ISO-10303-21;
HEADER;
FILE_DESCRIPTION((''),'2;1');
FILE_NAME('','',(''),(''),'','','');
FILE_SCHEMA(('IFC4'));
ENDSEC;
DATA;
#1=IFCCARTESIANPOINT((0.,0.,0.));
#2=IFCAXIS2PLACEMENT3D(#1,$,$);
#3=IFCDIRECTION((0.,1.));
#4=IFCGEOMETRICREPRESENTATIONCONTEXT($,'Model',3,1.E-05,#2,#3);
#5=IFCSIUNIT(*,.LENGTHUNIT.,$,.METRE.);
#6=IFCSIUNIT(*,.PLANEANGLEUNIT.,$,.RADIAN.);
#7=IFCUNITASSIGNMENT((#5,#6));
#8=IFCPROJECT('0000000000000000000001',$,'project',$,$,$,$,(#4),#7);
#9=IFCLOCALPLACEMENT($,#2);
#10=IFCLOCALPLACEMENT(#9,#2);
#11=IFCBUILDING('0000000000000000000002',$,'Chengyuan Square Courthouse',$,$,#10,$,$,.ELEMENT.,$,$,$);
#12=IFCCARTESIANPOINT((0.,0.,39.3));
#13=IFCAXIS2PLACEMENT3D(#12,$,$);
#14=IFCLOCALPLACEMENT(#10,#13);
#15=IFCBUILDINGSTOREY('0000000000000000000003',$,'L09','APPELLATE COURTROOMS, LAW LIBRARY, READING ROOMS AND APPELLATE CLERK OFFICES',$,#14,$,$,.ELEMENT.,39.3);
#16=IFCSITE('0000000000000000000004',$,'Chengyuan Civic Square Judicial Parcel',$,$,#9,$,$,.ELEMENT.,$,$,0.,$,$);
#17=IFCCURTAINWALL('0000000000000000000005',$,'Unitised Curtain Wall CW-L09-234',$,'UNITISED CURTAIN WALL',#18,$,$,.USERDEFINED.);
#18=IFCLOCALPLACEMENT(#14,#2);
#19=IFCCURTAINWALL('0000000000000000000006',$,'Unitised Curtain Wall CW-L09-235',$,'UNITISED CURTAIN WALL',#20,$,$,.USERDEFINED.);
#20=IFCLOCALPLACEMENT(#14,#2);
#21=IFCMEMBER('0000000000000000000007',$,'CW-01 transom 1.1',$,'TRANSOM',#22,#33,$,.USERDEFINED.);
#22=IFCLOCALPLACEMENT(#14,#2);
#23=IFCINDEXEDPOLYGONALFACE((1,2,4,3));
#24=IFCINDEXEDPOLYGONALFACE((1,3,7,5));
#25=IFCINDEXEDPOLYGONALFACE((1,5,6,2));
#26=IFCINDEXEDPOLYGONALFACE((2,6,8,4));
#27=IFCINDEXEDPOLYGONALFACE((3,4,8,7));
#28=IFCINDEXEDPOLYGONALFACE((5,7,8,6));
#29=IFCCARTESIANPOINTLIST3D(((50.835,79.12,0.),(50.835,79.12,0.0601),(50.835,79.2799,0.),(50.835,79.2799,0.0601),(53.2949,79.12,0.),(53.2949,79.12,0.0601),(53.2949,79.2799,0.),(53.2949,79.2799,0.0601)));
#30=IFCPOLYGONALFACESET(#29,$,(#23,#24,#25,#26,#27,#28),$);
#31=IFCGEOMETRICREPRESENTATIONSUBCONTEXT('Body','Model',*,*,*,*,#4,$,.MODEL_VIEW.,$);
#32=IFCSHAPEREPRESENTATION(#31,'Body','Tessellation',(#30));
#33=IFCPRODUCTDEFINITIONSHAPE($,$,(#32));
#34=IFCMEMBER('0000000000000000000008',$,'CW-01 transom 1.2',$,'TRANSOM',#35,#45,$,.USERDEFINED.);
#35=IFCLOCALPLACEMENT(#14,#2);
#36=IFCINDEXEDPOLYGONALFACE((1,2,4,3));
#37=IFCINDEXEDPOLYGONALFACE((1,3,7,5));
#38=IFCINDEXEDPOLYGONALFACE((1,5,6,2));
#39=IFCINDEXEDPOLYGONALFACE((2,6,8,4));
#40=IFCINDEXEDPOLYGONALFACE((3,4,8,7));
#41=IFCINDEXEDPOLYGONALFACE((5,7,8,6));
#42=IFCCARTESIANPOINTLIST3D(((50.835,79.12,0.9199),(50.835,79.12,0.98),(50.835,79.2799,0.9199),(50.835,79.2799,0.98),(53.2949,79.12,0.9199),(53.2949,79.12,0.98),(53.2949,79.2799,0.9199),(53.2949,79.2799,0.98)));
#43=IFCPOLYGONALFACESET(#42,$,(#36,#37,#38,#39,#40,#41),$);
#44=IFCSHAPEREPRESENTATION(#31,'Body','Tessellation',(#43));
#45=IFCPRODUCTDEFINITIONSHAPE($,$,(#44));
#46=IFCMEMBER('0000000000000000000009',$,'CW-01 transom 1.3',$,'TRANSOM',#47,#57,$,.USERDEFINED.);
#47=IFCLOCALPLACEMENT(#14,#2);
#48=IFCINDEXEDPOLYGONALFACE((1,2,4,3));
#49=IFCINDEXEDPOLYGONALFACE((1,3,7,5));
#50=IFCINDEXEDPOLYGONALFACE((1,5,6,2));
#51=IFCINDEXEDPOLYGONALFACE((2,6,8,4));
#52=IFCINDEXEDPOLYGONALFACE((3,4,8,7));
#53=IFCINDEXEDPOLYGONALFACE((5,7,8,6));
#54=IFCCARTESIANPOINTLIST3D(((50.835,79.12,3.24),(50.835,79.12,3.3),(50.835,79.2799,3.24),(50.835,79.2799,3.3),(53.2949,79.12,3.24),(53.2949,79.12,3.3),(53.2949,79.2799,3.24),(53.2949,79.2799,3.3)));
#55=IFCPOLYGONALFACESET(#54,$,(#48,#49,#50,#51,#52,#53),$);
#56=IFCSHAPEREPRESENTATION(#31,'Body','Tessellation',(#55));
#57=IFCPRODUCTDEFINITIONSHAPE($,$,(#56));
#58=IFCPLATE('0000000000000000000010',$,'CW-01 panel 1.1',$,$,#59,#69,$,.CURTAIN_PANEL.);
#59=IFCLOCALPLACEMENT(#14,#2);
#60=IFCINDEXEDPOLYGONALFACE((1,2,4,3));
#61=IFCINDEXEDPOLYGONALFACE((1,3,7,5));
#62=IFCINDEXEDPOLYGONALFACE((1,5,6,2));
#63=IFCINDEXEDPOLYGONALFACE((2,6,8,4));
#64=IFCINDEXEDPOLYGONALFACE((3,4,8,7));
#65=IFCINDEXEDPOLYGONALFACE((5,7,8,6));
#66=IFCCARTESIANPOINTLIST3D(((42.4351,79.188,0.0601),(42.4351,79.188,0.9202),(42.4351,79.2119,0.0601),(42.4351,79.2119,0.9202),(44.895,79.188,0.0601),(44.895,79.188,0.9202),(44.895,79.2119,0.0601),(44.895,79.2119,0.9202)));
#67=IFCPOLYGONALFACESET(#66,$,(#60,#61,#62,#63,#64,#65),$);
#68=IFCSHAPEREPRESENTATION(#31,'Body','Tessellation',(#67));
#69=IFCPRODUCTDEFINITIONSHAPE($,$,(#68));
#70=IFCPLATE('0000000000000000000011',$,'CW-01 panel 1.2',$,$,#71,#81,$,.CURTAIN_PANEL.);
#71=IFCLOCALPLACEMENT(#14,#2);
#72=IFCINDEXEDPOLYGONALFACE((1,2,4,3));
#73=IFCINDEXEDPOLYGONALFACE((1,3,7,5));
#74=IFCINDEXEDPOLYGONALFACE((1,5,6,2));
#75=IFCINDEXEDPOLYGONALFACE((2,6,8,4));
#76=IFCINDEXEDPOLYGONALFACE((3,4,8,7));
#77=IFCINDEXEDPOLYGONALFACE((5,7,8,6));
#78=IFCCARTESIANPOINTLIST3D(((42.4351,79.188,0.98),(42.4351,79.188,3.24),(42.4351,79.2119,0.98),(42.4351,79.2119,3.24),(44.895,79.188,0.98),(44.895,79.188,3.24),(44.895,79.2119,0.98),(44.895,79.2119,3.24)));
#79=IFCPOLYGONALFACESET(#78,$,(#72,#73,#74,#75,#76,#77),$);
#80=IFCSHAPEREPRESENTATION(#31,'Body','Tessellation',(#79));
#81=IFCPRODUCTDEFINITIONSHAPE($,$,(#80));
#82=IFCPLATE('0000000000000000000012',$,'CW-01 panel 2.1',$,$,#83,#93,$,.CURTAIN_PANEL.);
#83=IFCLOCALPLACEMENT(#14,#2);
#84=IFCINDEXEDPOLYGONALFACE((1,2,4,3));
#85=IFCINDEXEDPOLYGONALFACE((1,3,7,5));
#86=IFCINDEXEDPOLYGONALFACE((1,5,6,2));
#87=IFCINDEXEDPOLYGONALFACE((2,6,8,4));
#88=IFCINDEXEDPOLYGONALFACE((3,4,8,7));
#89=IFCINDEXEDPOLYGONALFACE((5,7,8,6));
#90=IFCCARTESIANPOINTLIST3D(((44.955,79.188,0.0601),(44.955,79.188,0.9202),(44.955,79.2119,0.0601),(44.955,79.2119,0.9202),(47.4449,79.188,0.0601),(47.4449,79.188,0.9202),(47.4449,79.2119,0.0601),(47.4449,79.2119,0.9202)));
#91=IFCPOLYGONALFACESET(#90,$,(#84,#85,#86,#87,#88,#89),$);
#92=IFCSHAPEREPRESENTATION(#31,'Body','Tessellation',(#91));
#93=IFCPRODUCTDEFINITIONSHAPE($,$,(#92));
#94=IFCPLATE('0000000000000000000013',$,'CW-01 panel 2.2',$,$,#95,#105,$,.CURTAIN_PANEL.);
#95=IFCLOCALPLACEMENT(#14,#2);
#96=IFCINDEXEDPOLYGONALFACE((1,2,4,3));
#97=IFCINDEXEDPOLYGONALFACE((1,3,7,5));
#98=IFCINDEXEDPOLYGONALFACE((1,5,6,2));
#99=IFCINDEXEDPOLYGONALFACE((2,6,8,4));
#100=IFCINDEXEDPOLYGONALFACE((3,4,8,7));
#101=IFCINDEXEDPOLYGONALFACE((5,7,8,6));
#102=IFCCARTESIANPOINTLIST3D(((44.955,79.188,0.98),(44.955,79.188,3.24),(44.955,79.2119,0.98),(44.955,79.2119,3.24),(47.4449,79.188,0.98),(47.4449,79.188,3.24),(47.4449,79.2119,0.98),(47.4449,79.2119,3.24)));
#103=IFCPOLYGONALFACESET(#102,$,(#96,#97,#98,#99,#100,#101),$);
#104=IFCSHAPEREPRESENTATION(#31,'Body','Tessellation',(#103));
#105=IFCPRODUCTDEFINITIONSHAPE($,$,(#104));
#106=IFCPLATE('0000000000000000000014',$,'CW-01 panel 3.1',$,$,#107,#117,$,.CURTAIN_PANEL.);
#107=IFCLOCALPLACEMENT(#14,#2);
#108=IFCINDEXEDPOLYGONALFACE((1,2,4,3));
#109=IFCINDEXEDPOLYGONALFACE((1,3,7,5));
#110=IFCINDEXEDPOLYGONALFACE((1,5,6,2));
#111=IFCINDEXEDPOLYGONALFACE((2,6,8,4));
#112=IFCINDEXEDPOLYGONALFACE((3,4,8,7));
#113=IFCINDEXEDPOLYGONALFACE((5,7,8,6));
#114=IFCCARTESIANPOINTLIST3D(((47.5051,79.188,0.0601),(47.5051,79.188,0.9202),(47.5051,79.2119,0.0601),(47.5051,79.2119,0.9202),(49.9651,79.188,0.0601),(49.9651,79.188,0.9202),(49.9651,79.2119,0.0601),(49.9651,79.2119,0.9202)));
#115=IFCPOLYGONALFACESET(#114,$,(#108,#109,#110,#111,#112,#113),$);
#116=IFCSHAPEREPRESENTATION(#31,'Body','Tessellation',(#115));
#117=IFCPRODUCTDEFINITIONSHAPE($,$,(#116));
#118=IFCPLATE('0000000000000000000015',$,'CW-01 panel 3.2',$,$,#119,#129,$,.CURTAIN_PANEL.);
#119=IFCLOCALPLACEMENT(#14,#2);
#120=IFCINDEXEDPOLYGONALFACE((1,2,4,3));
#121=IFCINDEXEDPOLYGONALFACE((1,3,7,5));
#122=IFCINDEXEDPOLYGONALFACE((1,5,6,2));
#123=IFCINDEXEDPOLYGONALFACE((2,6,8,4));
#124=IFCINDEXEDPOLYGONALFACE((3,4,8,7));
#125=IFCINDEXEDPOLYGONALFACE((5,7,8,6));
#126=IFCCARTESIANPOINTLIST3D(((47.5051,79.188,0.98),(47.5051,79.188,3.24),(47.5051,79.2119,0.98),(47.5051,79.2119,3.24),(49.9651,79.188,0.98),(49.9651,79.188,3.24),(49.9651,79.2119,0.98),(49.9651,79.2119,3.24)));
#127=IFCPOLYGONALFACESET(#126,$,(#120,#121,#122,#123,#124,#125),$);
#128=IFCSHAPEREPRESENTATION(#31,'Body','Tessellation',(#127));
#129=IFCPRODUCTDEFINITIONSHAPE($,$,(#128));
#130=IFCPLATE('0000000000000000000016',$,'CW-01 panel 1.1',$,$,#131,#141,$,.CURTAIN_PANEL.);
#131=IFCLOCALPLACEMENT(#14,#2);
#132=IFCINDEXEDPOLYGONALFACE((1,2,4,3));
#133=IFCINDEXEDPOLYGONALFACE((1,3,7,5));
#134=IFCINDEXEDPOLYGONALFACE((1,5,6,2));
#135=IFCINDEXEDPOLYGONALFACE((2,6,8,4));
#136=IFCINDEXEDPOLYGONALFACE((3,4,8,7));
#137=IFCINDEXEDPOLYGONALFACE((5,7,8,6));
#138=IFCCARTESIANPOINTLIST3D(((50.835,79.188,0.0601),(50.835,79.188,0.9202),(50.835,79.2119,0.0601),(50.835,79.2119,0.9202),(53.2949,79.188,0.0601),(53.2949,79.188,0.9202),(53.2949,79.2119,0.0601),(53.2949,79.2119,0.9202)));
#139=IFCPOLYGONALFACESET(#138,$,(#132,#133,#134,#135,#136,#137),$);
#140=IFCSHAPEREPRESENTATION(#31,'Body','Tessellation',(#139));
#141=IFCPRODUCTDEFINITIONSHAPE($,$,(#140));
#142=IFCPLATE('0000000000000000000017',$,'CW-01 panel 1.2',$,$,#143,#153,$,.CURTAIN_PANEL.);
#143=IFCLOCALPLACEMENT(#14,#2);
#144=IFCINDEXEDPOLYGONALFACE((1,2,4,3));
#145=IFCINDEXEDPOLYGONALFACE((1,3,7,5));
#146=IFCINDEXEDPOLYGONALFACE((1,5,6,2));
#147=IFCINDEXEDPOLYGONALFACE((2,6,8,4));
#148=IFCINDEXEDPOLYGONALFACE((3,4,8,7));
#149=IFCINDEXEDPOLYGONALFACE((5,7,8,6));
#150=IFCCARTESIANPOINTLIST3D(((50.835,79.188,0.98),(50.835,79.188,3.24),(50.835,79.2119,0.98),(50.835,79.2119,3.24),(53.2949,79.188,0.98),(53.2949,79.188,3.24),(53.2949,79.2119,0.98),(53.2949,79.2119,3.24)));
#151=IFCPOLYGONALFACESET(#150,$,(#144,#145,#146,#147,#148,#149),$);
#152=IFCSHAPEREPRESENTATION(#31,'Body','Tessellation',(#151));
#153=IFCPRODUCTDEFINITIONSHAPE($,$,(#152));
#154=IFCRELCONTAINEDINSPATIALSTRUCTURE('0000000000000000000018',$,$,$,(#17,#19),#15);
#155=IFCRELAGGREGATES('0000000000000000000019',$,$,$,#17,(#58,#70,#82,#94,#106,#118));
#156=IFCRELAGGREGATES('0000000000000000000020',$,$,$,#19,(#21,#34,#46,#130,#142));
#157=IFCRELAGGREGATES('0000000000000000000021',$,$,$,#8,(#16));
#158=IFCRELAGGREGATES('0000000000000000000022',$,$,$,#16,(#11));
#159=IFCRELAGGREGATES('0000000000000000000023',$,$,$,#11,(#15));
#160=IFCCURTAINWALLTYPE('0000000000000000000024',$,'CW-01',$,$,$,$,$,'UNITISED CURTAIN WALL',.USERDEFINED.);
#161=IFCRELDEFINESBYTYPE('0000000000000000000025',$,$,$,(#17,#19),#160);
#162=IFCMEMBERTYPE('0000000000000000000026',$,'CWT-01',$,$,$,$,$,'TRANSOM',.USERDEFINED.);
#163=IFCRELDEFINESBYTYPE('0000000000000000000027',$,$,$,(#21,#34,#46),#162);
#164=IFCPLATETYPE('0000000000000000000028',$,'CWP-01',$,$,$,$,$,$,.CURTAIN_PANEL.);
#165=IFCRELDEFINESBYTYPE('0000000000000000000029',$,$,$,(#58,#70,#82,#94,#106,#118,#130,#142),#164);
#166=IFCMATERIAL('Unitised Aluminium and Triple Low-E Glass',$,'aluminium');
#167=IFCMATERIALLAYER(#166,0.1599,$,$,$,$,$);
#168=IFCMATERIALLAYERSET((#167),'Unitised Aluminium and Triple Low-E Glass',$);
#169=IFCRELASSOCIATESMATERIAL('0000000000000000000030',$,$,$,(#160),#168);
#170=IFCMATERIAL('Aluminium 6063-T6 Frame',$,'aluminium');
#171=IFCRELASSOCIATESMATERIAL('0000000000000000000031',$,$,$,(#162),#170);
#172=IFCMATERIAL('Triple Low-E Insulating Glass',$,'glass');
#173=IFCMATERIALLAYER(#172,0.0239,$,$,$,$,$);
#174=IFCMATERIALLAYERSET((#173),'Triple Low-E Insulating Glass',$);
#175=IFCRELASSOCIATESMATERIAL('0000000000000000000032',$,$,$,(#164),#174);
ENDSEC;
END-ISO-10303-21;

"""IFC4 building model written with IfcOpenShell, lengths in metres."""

from ifc_helpers import new_model, si_unit, direction, frame, origin, origin_2d, place, context, subcontext, project, spatial, rectangle, extrude, material, layer, layer_set, material_profile, profile_set, type_object, element, aggregate, save


model = new_model("IFC4")

# Units and contexts
model_context = context("Model", 3, precision=1e-05, world=origin(), true_north=direction((0.0, 1.0)))
body_context = subcontext(model_context, "Body", "Model", "MODEL_VIEW")
ifc_project = project(units=[si_unit("LENGTHUNIT", "METRE"), si_unit("PLANEANGLEUNIT", "RADIAN")], contexts=[model_context])

# Site, building, storey
site_placement = place(None, origin())
site = spatial("IfcSite", under=ifc_project, at=site_placement, Name="Chengyuan Civic Square Judicial Parcel", CompositionType="ELEMENT", RefElevation=0.0)
building_placement = place(site_placement, origin())
building = spatial("IfcBuilding", under=site, at=building_placement, Name="Chengyuan Square Courthouse", CompositionType="ELEMENT")
storey_placement = place(building_placement, frame((0.0, 0.0, 39.3)))
storey = spatial("IfcBuildingStorey", under=building, at=storey_placement, Name="L09", Description="APPELLATE COURTROOMS, LAW LIBRARY, READING ROOMS AND APPELLATE CLERK OFFICES", CompositionType="ELEMENT", Elevation=39.3)

# Curtain wall
ifc_material_1 = material(Name="Unitised Aluminium and Triple Low-E Glass", Category="aluminium")
ifc_layer_1 = layer(ifc_material_1, 0.1599)
ifc_layer_set_1 = layer_set([ifc_layer_1], Name="Unitised Aluminium and Triple Low-E Glass")
curtain_wall_type = type_object("IfcCurtainWallType", Name="CW-01", ElementType="UNITISED CURTAIN WALL", PredefinedType="USERDEFINED", material=ifc_layer_set_1)
curtain_wall_1_placement = place(storey_placement, origin())
curtain_wall_1 = element("IfcCurtainWall", 1, at=curtain_wall_1_placement, inside=storey, type_object=curtain_wall_type, Name="Unitised Curtain Wall CW-L09-234", ObjectType="UNITISED CURTAIN WALL", PredefinedType="USERDEFINED")
ifc_material_2 = material(Name="Aluminium 6063-T6 Frame", Category="aluminium")

# Curtain wall
curtain_wall_2_placement = place(storey_placement, origin())
curtain_wall_2 = element("IfcCurtainWall", 2, at=curtain_wall_2_placement, inside=storey, type_object=curtain_wall_type, Name="Unitised Curtain Wall CW-L09-235", ObjectType="UNITISED CURTAIN WALL", PredefinedType="USERDEFINED")

# Members
ifc_material_profile_1 = material_profile(ifc_material_2, rectangle(XDim=0.1599, YDim=0.0601, at=origin_2d()), Name="CW-TRN-60x120")
ifc_profile_set_1 = profile_set([ifc_material_profile_1], Name="Aluminium 6063-T6 Frame")
member_type_1 = type_object("IfcMemberType", Name="CWT-01", ElementType="TRANSOM", PredefinedType="USERDEFINED", material=ifc_profile_set_1)
member_1_placement = place(storey_placement, frame((50.835, 79.2, 0.03), z_axis=(1.0, 0.0, 0.0), x_axis=(0.0, 1.0, 0.0)))
member_1 = element("IfcMember", 3, at=member_1_placement, type_object=member_type_1, Name="CW-01 transom 1.1", ObjectType="TRANSOM", PredefinedType="USERDEFINED", context=body_context, shape_type="SweptSolid", body=[
    extrude(rectangle(XDim=0.1599, YDim=0.0601, at=origin_2d()), origin(), (0.0, 0.0, 1.0), 2.46),
])
member_2_placement = place(storey_placement, frame((50.835, 79.2, 0.95), z_axis=(1.0, 0.0, 0.0), x_axis=(0.0, 1.0, 0.0)))
member_2 = element("IfcMember", 4, at=member_2_placement, type_object=member_type_1, Name="CW-01 transom 1.2", ObjectType="TRANSOM", PredefinedType="USERDEFINED", context=body_context, shape_type="SweptSolid", body=[
    extrude(rectangle(XDim=0.1599, YDim=0.0601, at=origin_2d()), origin(), (0.0, 0.0, 1.0), 2.46),
])
member_3_placement = place(storey_placement, frame((50.835, 79.2, 3.27), z_axis=(1.0, 0.0, 0.0), x_axis=(0.0, 1.0, 0.0)))
member_3 = element("IfcMember", 5, at=member_3_placement, type_object=member_type_1, Name="CW-01 transom 1.3", ObjectType="TRANSOM", PredefinedType="USERDEFINED", context=body_context, shape_type="SweptSolid", body=[
    extrude(rectangle(XDim=0.1599, YDim=0.0601, at=origin_2d()), origin(), (0.0, 0.0, 1.0), 2.46),
])

# Plates
ifc_material_3 = material(Name="Triple Low-E Insulating Glass", Category="glass")
ifc_layer_2 = layer(ifc_material_3, 0.0239)
ifc_layer_set_2 = layer_set([ifc_layer_2], Name="Triple Low-E Insulating Glass")
plate_type = type_object("IfcPlateType", Name="CWP-01", PredefinedType="CURTAIN_PANEL", material=ifc_layer_set_2)
plate_1_placement = place(storey_placement, frame((43.665, 79.2, 0.0601), z_axis=(0.0, 0.0, 1.0), x_axis=(1.0, 0.0, 0.0)))
plate_1 = element("IfcPlate", 6, at=plate_1_placement, type_object=plate_type, Name="CW-01 panel 1.1", PredefinedType="CURTAIN_PANEL", context=body_context, shape_type="SweptSolid", body=[
    extrude(rectangle(XDim=2.46, YDim=0.0239, at=origin_2d()), origin(), (0.0, 0.0, 1.0), 0.8601),
])
plate_2_placement = place(storey_placement, frame((43.665, 79.2, 0.98), z_axis=(0.0, 0.0, 1.0), x_axis=(1.0, 0.0, 0.0)))
plate_2 = element("IfcPlate", 7, at=plate_2_placement, type_object=plate_type, Name="CW-01 panel 1.2", PredefinedType="CURTAIN_PANEL", context=body_context, shape_type="SweptSolid", body=[
    extrude(rectangle(XDim=2.46, YDim=0.0239, at=origin_2d()), origin(), (0.0, 0.0, 1.0), 2.26),
])
plate_3_placement = place(storey_placement, frame((46.2, 79.2, 0.0601), z_axis=(0.0, 0.0, 1.0), x_axis=(1.0, 0.0, 0.0)))
plate_3 = element("IfcPlate", 8, at=plate_3_placement, type_object=plate_type, Name="CW-01 panel 2.1", PredefinedType="CURTAIN_PANEL", context=body_context, shape_type="SweptSolid", body=[
    extrude(rectangle(XDim=2.49, YDim=0.0239, at=origin_2d()), origin(), (0.0, 0.0, 1.0), 0.8601),
])
plate_4_placement = place(storey_placement, frame((46.2, 79.2, 0.98), z_axis=(0.0, 0.0, 1.0), x_axis=(1.0, 0.0, 0.0)))
plate_4 = element("IfcPlate", 9, at=plate_4_placement, type_object=plate_type, Name="CW-01 panel 2.2", PredefinedType="CURTAIN_PANEL", context=body_context, shape_type="SweptSolid", body=[
    extrude(rectangle(XDim=2.49, YDim=0.0239, at=origin_2d()), origin(), (0.0, 0.0, 1.0), 2.26),
])
plate_5_placement = place(storey_placement, frame((48.7351, 79.2, 0.0601), z_axis=(0.0, 0.0, 1.0), x_axis=(1.0, 0.0, 0.0)))
plate_5 = element("IfcPlate", 10, at=plate_5_placement, type_object=plate_type, Name="CW-01 panel 3.1", PredefinedType="CURTAIN_PANEL", context=body_context, shape_type="SweptSolid", body=[
    extrude(rectangle(XDim=2.46, YDim=0.0239, at=origin_2d()), origin(), (0.0, 0.0, 1.0), 0.8601),
])
plate_6_placement = place(storey_placement, frame((48.7351, 79.2, 0.98), z_axis=(0.0, 0.0, 1.0), x_axis=(1.0, 0.0, 0.0)))
plate_6 = element("IfcPlate", 11, at=plate_6_placement, type_object=plate_type, Name="CW-01 panel 3.2", PredefinedType="CURTAIN_PANEL", context=body_context, shape_type="SweptSolid", body=[
    extrude(rectangle(XDim=2.46, YDim=0.0239, at=origin_2d()), origin(), (0.0, 0.0, 1.0), 2.26),
])
aggregate(curtain_wall_1, [plate_1, plate_2, plate_3, plate_4, plate_5, plate_6])
plate_7_placement = place(storey_placement, frame((52.0649, 79.2, 0.0601), z_axis=(0.0, 0.0, 1.0), x_axis=(1.0, 0.0, 0.0)))
plate_7 = element("IfcPlate", 12, at=plate_7_placement, type_object=plate_type, Name="CW-01 panel 1.1", PredefinedType="CURTAIN_PANEL", context=body_context, shape_type="SweptSolid", body=[
    extrude(rectangle(XDim=2.46, YDim=0.0239, at=origin_2d()), origin(), (0.0, 0.0, 1.0), 0.8601),
])
plate_8_placement = place(storey_placement, frame((52.0649, 79.2, 0.98), z_axis=(0.0, 0.0, 1.0), x_axis=(1.0, 0.0, 0.0)))
plate_8 = element("IfcPlate", 13, at=plate_8_placement, type_object=plate_type, Name="CW-01 panel 1.2", PredefinedType="CURTAIN_PANEL", context=body_context, shape_type="SweptSolid", body=[
    extrude(rectangle(XDim=2.46, YDim=0.0239, at=origin_2d()), origin(), (0.0, 0.0, 1.0), 2.26),
])
aggregate(curtain_wall_2, [member_1, member_2, member_3, plate_7, plate_8])

save(model, "model.ifc")
